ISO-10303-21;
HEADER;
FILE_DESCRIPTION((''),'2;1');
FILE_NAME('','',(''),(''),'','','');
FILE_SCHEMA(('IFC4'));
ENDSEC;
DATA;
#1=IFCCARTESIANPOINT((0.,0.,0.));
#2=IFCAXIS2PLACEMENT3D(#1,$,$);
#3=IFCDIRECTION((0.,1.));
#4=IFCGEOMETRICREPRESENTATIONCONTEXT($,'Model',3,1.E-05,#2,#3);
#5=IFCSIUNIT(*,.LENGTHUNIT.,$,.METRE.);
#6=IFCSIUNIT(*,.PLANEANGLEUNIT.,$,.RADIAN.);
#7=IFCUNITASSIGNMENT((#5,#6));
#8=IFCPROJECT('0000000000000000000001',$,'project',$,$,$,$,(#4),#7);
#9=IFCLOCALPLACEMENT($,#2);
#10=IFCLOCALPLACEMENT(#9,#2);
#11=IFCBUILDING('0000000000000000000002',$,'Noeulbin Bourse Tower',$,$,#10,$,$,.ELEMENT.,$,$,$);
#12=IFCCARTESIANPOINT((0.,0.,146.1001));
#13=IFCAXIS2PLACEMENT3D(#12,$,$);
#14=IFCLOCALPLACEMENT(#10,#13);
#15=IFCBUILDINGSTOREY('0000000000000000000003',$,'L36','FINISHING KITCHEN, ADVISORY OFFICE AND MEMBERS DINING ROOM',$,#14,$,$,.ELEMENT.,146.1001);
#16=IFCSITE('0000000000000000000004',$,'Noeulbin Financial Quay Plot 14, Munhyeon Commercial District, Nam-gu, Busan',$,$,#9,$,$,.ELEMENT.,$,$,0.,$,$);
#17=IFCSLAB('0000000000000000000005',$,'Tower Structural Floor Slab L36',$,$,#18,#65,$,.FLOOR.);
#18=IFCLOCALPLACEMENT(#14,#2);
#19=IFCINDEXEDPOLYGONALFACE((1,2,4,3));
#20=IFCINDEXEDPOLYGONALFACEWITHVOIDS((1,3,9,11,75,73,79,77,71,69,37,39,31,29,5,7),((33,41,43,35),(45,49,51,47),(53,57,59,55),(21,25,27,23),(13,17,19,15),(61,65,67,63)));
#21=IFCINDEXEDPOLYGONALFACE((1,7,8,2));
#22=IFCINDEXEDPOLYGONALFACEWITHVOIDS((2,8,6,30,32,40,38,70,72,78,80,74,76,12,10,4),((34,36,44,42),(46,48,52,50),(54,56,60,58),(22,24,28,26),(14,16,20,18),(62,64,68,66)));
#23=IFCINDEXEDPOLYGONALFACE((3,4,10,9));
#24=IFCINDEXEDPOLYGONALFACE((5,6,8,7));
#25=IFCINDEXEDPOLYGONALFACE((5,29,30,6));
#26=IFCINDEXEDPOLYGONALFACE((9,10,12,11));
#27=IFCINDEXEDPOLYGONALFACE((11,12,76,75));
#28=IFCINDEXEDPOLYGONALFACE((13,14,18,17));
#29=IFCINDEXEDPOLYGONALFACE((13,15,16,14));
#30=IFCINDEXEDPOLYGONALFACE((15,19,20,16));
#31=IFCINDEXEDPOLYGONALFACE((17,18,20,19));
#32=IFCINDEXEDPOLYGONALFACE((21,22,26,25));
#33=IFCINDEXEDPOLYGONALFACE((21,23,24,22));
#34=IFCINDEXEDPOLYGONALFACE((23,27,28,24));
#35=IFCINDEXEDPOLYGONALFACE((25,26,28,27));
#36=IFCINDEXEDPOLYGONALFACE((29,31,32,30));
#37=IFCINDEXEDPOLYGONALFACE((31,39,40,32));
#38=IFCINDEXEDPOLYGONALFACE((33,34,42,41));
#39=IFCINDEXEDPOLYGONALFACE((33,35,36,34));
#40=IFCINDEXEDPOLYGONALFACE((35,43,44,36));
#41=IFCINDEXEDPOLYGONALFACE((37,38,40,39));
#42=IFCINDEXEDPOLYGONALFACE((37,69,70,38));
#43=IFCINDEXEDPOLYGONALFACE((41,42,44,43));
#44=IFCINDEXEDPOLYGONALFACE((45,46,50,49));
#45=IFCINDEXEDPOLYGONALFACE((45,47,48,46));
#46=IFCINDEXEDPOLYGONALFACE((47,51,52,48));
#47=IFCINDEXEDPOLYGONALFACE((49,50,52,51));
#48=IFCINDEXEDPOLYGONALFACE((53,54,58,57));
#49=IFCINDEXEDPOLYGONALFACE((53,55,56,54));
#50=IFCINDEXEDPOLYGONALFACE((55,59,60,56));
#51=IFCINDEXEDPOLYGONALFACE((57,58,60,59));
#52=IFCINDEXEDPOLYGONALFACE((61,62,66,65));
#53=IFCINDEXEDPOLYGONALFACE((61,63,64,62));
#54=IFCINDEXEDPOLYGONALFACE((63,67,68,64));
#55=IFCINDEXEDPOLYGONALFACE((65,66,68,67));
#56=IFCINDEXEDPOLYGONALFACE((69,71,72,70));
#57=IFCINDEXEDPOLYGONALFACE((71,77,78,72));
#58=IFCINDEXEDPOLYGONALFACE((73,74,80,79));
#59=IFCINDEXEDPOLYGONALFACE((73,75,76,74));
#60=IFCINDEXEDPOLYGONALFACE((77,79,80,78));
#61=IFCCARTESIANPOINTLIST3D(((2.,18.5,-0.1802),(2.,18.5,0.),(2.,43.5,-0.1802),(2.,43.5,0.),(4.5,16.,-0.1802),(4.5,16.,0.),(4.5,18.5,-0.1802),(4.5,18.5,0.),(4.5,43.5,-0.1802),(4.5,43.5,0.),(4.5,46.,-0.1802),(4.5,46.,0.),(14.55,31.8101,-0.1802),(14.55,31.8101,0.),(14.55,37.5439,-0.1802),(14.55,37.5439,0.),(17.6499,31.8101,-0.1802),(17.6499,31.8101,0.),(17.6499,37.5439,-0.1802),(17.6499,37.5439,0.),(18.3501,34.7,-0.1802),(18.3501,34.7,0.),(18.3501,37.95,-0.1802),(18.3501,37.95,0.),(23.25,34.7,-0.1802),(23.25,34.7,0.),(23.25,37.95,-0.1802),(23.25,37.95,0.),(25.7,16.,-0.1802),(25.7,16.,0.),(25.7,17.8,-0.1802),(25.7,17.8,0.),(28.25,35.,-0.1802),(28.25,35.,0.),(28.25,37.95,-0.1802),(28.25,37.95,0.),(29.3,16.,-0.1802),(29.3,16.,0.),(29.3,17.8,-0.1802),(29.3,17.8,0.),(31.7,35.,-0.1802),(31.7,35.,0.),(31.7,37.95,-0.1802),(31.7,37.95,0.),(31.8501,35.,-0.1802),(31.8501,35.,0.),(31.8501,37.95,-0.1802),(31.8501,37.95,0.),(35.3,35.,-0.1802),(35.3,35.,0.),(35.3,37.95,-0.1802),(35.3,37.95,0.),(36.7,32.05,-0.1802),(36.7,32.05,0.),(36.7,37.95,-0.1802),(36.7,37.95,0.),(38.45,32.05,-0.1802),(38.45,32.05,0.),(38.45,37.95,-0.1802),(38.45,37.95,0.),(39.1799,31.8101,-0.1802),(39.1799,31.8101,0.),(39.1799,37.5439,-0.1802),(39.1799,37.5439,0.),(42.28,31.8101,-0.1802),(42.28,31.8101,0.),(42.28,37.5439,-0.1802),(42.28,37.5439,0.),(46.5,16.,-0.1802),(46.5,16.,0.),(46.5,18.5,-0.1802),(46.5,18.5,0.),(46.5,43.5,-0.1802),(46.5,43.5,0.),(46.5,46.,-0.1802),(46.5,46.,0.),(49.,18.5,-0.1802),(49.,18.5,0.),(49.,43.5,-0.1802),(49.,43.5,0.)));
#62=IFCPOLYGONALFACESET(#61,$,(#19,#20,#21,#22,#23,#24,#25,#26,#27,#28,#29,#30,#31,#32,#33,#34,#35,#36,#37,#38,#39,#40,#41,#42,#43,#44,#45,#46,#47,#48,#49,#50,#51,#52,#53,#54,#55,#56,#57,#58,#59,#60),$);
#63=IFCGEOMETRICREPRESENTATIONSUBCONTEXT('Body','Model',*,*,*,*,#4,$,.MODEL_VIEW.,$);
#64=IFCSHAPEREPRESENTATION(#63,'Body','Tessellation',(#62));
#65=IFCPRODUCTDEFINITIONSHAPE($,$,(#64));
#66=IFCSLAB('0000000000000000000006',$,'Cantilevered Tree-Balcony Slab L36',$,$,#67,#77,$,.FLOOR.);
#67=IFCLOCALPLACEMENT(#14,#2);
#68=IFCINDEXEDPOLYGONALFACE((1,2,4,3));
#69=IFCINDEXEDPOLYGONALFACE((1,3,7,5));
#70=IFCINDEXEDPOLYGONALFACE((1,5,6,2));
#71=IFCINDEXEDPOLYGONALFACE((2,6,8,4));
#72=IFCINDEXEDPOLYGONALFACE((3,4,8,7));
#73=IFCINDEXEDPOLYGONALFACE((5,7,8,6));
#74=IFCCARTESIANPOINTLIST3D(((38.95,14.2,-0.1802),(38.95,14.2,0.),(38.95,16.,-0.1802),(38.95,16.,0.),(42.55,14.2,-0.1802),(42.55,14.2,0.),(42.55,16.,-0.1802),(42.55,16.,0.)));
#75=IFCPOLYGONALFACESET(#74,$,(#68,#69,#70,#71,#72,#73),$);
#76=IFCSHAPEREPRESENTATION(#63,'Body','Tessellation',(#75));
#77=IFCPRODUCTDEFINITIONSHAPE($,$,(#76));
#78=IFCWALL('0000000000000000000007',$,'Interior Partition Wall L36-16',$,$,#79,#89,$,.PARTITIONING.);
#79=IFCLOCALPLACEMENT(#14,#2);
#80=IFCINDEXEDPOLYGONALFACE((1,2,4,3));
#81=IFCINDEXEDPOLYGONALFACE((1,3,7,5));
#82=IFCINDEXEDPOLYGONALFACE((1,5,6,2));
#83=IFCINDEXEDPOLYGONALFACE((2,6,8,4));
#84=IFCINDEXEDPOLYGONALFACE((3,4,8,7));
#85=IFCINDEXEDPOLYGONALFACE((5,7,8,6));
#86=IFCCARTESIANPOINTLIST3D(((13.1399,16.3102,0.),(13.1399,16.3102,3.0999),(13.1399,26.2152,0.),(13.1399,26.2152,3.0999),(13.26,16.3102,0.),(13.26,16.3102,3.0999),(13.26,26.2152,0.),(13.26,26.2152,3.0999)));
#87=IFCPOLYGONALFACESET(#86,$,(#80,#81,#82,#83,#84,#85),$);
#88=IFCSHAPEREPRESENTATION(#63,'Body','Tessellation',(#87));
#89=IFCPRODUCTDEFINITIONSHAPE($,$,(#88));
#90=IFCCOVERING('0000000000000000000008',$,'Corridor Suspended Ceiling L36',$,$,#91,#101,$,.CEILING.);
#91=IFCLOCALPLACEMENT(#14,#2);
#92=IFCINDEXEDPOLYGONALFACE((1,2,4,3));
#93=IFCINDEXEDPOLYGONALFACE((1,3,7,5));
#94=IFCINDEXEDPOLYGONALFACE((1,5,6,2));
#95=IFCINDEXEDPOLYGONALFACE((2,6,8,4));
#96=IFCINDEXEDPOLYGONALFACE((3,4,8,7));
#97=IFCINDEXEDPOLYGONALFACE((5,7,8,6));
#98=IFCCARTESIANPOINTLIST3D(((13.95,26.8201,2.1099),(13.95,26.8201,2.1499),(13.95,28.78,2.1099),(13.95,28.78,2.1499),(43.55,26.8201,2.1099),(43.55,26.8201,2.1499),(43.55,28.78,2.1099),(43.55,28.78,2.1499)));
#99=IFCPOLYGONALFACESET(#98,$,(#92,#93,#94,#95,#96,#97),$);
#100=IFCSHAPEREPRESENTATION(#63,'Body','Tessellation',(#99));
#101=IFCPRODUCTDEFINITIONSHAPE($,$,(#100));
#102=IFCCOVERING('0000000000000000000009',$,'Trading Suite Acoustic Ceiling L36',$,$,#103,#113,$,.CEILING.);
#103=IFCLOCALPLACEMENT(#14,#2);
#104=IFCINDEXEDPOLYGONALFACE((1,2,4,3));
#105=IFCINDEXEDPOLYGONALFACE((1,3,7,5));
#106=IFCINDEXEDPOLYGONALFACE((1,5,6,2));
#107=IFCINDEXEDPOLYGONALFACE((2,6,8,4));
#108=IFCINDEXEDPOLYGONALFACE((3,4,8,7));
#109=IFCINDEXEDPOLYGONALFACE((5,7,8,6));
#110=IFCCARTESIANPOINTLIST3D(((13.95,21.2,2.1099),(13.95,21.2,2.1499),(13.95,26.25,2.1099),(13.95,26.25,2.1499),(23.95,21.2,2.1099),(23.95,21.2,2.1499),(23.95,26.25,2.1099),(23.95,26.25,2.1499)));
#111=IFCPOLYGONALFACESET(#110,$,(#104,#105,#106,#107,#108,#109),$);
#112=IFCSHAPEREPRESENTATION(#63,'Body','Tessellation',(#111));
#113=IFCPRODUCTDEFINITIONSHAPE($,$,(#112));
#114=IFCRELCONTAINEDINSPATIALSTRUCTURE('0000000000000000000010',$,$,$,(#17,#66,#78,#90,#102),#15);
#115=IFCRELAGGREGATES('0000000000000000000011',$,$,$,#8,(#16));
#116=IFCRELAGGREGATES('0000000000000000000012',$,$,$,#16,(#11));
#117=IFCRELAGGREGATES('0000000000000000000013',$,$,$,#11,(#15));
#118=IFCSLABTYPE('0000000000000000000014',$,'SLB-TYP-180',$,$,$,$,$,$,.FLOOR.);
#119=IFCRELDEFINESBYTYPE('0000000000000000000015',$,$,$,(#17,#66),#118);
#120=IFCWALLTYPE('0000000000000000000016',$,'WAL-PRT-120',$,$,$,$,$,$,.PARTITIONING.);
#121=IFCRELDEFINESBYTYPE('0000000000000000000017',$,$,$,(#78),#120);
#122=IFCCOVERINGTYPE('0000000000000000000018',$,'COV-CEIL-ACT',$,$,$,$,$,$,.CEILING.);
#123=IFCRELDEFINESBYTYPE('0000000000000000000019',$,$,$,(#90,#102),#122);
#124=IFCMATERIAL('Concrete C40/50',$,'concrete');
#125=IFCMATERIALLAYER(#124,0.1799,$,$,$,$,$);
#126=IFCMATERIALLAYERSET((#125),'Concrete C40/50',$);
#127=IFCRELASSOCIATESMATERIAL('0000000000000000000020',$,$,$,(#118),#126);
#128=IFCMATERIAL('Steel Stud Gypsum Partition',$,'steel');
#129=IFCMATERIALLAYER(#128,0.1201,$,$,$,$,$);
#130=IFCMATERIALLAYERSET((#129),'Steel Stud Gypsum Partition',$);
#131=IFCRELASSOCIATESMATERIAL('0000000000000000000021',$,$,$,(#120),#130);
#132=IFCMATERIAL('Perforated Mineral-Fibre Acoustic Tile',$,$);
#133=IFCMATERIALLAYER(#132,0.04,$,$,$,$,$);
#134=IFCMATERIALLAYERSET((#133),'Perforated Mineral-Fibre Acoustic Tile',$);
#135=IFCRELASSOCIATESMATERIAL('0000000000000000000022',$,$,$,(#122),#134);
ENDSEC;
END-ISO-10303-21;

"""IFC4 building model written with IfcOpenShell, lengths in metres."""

from ifc_helpers import new_model, si_unit, direction, frame, frame_2d, origin, place, context, subcontext, project, spatial, polyline, rectangle, outline, extrude, material, layer, layer_set, type_object, element, save


model = new_model("IFC4")

# Units and contexts
model_context = context("Model", 3, precision=1e-05, world=origin(), true_north=direction((0.0, 1.0)))
body_context = subcontext(model_context, "Body", "Model", "MODEL_VIEW")
ifc_project = project(units=[si_unit("LENGTHUNIT", "METRE"), si_unit("PLANEANGLEUNIT", "RADIAN")], contexts=[model_context])

# Site, building, storey
site_placement = place(None, origin())
site = spatial("IfcSite", under=ifc_project, at=site_placement, Name="Noeulbin Financial Quay Plot 14, Munhyeon Commercial District, Nam-gu, Busan", CompositionType="ELEMENT", RefElevation=0.0)
building_placement = place(site_placement, origin())
building = spatial("IfcBuilding", under=site, at=building_placement, Name="Noeulbin Bourse Tower", CompositionType="ELEMENT")
storey_placement = place(building_placement, frame((0.0, 0.0, 146.1001)))
storey = spatial("IfcBuildingStorey", under=building, at=storey_placement, Name="L36", Description="FINISHING KITCHEN, ADVISORY OFFICE AND MEMBERS DINING ROOM", CompositionType="ELEMENT", Elevation=146.1001)

# Shared definitions
ifc_material_1 = material(Name="Concrete C40/50", Category="concrete")

# Slab, openings
ifc_layer_1 = layer(ifc_material_1, 0.1799)
ifc_layer_set_1 = layer_set([ifc_layer_1], Name="Concrete C40/50")
slab_type_1 = type_object("IfcSlabType", Name="SLB-TYP-180", PredefinedType="FLOOR", material=ifc_layer_set_1)
slab_1_placement = place(storey_placement, frame((0.0, 0.0, -0.1802)))
slab_1 = element("IfcSlab", 1, at=slab_1_placement, inside=storey, type_object=slab_type_1, Name="Tower Structural Floor Slab L36", PredefinedType="FLOOR", context=body_context, shape_type="SweptSolid", body=[
    extrude(outline(polyline([(4.5, 16.0), (25.7, 16.0), (25.7, 17.8), (29.3, 17.8), (29.3, 16.0), (46.5, 16.0), (46.5, 18.5), (49.0, 18.5), (49.0, 43.5), (46.5, 43.5), (46.5, 46.0), (4.5, 46.0), (4.5, 43.5), (2.0, 43.5), (2.0, 18.5), (4.5, 18.5), (4.5, 16.0)]), holes=[polyline([(17.6499, 31.8101), (17.6499, 37.5439), (14.55, 37.5439), (14.55, 31.8101), (17.6499, 31.8101)]), polyline([(42.28, 31.8101), (42.28, 37.5439), (39.1799, 37.5439), (39.1799, 31.8101), (42.28, 31.8101)]), polyline([(18.3501, 34.7), (23.25, 34.7), (23.25, 37.95), (18.3501, 37.95), (18.3501, 34.7)]), polyline([(36.7, 32.05), (38.45, 32.05), (38.45, 37.95), (36.7, 37.95), (36.7, 32.05)]), polyline([(28.25, 35.0), (31.7, 35.0), (31.7, 37.95), (28.25, 37.95), (28.25, 35.0)]), polyline([(31.8501, 35.0), (35.3, 35.0), (35.3, 37.95), (31.8501, 37.95), (31.8501, 35.0)])]), origin(), (0.0, 0.0, 1.0), 0.1802),
])
opening_1_placement = place(slab_1_placement, frame((0.0, 0.0, -0.01)))
element("IfcOpeningElement", 2, at=opening_1_placement, cuts=slab_1, PredefinedType="OPENING", context=body_context, shape_type="SweptSolid", body=[
    extrude(outline(polyline([(17.6499, 31.8101), (17.6499, 37.5439), (14.55, 37.5439), (14.55, 31.8101), (17.6499, 31.8101)])), origin(), (0.0, 0.0, 1.0), 0.2002),
])
opening_2_placement = place(slab_1_placement, frame((0.0, 0.0, -0.01)))
element("IfcOpeningElement", 3, at=opening_2_placement, cuts=slab_1, PredefinedType="OPENING", context=body_context, shape_type="SweptSolid", body=[
    extrude(outline(polyline([(42.28, 31.8101), (42.28, 37.5439), (39.1799, 37.5439), (39.1799, 31.8101), (42.28, 31.8101)])), origin(), (0.0, 0.0, 1.0), 0.2002),
])
opening_3_placement = place(slab_1_placement, frame((0.0, 0.0, -0.01)))
element("IfcOpeningElement", 4, at=opening_3_placement, cuts=slab_1, PredefinedType="OPENING", context=body_context, shape_type="SweptSolid", body=[
    extrude(outline(polyline([(18.3501, 34.7), (23.25, 34.7), (23.25, 37.95), (18.3501, 37.95), (18.3501, 34.7)])), origin(), (0.0, 0.0, 1.0), 0.2002),
])
opening_4_placement = place(slab_1_placement, frame((0.0, 0.0, -0.01)))
element("IfcOpeningElement", 5, at=opening_4_placement, cuts=slab_1, PredefinedType="OPENING", context=body_context, shape_type="SweptSolid", body=[
    extrude(outline(polyline([(36.7, 32.05), (38.45, 32.05), (38.45, 37.95), (36.7, 37.95), (36.7, 32.05)])), origin(), (0.0, 0.0, 1.0), 0.2002),
])
opening_5_placement = place(slab_1_placement, frame((0.0, 0.0, -0.01)))
element("IfcOpeningElement", 6, at=opening_5_placement, cuts=slab_1, PredefinedType="OPENING", context=body_context, shape_type="SweptSolid", body=[
    extrude(outline(polyline([(28.25, 35.0), (31.7, 35.0), (31.7, 37.95), (28.25, 37.95), (28.25, 35.0)])), origin(), (0.0, 0.0, 1.0), 0.2002),
])
opening_6_placement = place(slab_1_placement, frame((0.0, 0.0, -0.01)))
element("IfcOpeningElement", 7, at=opening_6_placement, cuts=slab_1, PredefinedType="OPENING", context=body_context, shape_type="SweptSolid", body=[
    extrude(outline(polyline([(31.8501, 35.0), (35.3, 35.0), (35.3, 37.95), (31.8501, 37.95), (31.8501, 35.0)])), origin(), (0.0, 0.0, 1.0), 0.2002),
])

# Slab
slab_2_placement = place(storey_placement, frame((0.0, 0.0, -0.1802)))
element("IfcSlab", 8, at=slab_2_placement, inside=storey, type_object=slab_type_1, Name="Cantilevered Tree-Balcony Slab L36", PredefinedType="FLOOR", context=body_context, shape_type="SweptSolid", body=[
    extrude(outline(polyline([(38.95, 14.2), (42.55, 14.2), (42.55, 16.0), (38.95, 16.0), (38.95, 14.2)])), origin(), (0.0, 0.0, 1.0), 0.1802),
])

# Wall
ifc_material_2 = material(Name="Steel Stud Gypsum Partition", Category="steel")
ifc_layer_2 = layer(ifc_material_2, 0.1201)
ifc_layer_set_2 = layer_set([ifc_layer_2], Name="Steel Stud Gypsum Partition")
wall_type = type_object("IfcWallType", Name="WAL-PRT-120", PredefinedType="PARTITIONING", material=ifc_layer_set_2)
wall_placement = place(storey_placement, frame((13.2, 16.3101, 0.0), z_axis=(0.0, 0.0, 1.0), x_axis=(0.0, 1.0, 0.0)))
element("IfcWall", 9, at=wall_placement, inside=storey, type_object=wall_type, Name="Interior Partition Wall L36-16", PredefinedType="PARTITIONING", context=body_context, shape_type="SweptSolid", body=[
    extrude(rectangle(XDim=9.905, YDim=0.1201, at=frame_2d((4.9526, 0.0))), origin(), (0.0, 0.0, 1.0), 3.0999),
])

# Coverings
ifc_material_3 = material(Name="Perforated Mineral-Fibre Acoustic Tile")
ifc_layer_3 = layer(ifc_material_3, 0.04)
ifc_layer_set_3 = layer_set([ifc_layer_3], Name="Perforated Mineral-Fibre Acoustic Tile")
covering_type = type_object("IfcCoveringType", Name="COV-CEIL-ACT", PredefinedType="CEILING", material=ifc_layer_set_3)
covering_1_placement = place(storey_placement, frame((0.0, 0.0, 2.1099)))
element("IfcCovering", 10, at=covering_1_placement, inside=storey, type_object=covering_type, Name="Corridor Suspended Ceiling L36", PredefinedType="CEILING", context=body_context, shape_type="SweptSolid", body=[
    extrude(outline(polyline([(13.95, 26.8201), (43.55, 26.8201), (43.55, 28.78), (13.95, 28.78), (13.95, 26.8201)])), origin(), (0.0, 0.0, 1.0), 0.04),
])
covering_2_placement = place(storey_placement, frame((0.0, 0.0, 2.1099)))
element("IfcCovering", 11, at=covering_2_placement, inside=storey, type_object=covering_type, Name="Trading Suite Acoustic Ceiling L36", PredefinedType="CEILING", context=body_context, shape_type="SweptSolid", body=[
    extrude(outline(polyline([(13.95, 21.2), (23.95, 21.2), (23.95, 26.25), (13.95, 26.25), (13.95, 21.2)])), origin(), (0.0, 0.0, 1.0), 0.04),
])

save(model, "model.ifc")
